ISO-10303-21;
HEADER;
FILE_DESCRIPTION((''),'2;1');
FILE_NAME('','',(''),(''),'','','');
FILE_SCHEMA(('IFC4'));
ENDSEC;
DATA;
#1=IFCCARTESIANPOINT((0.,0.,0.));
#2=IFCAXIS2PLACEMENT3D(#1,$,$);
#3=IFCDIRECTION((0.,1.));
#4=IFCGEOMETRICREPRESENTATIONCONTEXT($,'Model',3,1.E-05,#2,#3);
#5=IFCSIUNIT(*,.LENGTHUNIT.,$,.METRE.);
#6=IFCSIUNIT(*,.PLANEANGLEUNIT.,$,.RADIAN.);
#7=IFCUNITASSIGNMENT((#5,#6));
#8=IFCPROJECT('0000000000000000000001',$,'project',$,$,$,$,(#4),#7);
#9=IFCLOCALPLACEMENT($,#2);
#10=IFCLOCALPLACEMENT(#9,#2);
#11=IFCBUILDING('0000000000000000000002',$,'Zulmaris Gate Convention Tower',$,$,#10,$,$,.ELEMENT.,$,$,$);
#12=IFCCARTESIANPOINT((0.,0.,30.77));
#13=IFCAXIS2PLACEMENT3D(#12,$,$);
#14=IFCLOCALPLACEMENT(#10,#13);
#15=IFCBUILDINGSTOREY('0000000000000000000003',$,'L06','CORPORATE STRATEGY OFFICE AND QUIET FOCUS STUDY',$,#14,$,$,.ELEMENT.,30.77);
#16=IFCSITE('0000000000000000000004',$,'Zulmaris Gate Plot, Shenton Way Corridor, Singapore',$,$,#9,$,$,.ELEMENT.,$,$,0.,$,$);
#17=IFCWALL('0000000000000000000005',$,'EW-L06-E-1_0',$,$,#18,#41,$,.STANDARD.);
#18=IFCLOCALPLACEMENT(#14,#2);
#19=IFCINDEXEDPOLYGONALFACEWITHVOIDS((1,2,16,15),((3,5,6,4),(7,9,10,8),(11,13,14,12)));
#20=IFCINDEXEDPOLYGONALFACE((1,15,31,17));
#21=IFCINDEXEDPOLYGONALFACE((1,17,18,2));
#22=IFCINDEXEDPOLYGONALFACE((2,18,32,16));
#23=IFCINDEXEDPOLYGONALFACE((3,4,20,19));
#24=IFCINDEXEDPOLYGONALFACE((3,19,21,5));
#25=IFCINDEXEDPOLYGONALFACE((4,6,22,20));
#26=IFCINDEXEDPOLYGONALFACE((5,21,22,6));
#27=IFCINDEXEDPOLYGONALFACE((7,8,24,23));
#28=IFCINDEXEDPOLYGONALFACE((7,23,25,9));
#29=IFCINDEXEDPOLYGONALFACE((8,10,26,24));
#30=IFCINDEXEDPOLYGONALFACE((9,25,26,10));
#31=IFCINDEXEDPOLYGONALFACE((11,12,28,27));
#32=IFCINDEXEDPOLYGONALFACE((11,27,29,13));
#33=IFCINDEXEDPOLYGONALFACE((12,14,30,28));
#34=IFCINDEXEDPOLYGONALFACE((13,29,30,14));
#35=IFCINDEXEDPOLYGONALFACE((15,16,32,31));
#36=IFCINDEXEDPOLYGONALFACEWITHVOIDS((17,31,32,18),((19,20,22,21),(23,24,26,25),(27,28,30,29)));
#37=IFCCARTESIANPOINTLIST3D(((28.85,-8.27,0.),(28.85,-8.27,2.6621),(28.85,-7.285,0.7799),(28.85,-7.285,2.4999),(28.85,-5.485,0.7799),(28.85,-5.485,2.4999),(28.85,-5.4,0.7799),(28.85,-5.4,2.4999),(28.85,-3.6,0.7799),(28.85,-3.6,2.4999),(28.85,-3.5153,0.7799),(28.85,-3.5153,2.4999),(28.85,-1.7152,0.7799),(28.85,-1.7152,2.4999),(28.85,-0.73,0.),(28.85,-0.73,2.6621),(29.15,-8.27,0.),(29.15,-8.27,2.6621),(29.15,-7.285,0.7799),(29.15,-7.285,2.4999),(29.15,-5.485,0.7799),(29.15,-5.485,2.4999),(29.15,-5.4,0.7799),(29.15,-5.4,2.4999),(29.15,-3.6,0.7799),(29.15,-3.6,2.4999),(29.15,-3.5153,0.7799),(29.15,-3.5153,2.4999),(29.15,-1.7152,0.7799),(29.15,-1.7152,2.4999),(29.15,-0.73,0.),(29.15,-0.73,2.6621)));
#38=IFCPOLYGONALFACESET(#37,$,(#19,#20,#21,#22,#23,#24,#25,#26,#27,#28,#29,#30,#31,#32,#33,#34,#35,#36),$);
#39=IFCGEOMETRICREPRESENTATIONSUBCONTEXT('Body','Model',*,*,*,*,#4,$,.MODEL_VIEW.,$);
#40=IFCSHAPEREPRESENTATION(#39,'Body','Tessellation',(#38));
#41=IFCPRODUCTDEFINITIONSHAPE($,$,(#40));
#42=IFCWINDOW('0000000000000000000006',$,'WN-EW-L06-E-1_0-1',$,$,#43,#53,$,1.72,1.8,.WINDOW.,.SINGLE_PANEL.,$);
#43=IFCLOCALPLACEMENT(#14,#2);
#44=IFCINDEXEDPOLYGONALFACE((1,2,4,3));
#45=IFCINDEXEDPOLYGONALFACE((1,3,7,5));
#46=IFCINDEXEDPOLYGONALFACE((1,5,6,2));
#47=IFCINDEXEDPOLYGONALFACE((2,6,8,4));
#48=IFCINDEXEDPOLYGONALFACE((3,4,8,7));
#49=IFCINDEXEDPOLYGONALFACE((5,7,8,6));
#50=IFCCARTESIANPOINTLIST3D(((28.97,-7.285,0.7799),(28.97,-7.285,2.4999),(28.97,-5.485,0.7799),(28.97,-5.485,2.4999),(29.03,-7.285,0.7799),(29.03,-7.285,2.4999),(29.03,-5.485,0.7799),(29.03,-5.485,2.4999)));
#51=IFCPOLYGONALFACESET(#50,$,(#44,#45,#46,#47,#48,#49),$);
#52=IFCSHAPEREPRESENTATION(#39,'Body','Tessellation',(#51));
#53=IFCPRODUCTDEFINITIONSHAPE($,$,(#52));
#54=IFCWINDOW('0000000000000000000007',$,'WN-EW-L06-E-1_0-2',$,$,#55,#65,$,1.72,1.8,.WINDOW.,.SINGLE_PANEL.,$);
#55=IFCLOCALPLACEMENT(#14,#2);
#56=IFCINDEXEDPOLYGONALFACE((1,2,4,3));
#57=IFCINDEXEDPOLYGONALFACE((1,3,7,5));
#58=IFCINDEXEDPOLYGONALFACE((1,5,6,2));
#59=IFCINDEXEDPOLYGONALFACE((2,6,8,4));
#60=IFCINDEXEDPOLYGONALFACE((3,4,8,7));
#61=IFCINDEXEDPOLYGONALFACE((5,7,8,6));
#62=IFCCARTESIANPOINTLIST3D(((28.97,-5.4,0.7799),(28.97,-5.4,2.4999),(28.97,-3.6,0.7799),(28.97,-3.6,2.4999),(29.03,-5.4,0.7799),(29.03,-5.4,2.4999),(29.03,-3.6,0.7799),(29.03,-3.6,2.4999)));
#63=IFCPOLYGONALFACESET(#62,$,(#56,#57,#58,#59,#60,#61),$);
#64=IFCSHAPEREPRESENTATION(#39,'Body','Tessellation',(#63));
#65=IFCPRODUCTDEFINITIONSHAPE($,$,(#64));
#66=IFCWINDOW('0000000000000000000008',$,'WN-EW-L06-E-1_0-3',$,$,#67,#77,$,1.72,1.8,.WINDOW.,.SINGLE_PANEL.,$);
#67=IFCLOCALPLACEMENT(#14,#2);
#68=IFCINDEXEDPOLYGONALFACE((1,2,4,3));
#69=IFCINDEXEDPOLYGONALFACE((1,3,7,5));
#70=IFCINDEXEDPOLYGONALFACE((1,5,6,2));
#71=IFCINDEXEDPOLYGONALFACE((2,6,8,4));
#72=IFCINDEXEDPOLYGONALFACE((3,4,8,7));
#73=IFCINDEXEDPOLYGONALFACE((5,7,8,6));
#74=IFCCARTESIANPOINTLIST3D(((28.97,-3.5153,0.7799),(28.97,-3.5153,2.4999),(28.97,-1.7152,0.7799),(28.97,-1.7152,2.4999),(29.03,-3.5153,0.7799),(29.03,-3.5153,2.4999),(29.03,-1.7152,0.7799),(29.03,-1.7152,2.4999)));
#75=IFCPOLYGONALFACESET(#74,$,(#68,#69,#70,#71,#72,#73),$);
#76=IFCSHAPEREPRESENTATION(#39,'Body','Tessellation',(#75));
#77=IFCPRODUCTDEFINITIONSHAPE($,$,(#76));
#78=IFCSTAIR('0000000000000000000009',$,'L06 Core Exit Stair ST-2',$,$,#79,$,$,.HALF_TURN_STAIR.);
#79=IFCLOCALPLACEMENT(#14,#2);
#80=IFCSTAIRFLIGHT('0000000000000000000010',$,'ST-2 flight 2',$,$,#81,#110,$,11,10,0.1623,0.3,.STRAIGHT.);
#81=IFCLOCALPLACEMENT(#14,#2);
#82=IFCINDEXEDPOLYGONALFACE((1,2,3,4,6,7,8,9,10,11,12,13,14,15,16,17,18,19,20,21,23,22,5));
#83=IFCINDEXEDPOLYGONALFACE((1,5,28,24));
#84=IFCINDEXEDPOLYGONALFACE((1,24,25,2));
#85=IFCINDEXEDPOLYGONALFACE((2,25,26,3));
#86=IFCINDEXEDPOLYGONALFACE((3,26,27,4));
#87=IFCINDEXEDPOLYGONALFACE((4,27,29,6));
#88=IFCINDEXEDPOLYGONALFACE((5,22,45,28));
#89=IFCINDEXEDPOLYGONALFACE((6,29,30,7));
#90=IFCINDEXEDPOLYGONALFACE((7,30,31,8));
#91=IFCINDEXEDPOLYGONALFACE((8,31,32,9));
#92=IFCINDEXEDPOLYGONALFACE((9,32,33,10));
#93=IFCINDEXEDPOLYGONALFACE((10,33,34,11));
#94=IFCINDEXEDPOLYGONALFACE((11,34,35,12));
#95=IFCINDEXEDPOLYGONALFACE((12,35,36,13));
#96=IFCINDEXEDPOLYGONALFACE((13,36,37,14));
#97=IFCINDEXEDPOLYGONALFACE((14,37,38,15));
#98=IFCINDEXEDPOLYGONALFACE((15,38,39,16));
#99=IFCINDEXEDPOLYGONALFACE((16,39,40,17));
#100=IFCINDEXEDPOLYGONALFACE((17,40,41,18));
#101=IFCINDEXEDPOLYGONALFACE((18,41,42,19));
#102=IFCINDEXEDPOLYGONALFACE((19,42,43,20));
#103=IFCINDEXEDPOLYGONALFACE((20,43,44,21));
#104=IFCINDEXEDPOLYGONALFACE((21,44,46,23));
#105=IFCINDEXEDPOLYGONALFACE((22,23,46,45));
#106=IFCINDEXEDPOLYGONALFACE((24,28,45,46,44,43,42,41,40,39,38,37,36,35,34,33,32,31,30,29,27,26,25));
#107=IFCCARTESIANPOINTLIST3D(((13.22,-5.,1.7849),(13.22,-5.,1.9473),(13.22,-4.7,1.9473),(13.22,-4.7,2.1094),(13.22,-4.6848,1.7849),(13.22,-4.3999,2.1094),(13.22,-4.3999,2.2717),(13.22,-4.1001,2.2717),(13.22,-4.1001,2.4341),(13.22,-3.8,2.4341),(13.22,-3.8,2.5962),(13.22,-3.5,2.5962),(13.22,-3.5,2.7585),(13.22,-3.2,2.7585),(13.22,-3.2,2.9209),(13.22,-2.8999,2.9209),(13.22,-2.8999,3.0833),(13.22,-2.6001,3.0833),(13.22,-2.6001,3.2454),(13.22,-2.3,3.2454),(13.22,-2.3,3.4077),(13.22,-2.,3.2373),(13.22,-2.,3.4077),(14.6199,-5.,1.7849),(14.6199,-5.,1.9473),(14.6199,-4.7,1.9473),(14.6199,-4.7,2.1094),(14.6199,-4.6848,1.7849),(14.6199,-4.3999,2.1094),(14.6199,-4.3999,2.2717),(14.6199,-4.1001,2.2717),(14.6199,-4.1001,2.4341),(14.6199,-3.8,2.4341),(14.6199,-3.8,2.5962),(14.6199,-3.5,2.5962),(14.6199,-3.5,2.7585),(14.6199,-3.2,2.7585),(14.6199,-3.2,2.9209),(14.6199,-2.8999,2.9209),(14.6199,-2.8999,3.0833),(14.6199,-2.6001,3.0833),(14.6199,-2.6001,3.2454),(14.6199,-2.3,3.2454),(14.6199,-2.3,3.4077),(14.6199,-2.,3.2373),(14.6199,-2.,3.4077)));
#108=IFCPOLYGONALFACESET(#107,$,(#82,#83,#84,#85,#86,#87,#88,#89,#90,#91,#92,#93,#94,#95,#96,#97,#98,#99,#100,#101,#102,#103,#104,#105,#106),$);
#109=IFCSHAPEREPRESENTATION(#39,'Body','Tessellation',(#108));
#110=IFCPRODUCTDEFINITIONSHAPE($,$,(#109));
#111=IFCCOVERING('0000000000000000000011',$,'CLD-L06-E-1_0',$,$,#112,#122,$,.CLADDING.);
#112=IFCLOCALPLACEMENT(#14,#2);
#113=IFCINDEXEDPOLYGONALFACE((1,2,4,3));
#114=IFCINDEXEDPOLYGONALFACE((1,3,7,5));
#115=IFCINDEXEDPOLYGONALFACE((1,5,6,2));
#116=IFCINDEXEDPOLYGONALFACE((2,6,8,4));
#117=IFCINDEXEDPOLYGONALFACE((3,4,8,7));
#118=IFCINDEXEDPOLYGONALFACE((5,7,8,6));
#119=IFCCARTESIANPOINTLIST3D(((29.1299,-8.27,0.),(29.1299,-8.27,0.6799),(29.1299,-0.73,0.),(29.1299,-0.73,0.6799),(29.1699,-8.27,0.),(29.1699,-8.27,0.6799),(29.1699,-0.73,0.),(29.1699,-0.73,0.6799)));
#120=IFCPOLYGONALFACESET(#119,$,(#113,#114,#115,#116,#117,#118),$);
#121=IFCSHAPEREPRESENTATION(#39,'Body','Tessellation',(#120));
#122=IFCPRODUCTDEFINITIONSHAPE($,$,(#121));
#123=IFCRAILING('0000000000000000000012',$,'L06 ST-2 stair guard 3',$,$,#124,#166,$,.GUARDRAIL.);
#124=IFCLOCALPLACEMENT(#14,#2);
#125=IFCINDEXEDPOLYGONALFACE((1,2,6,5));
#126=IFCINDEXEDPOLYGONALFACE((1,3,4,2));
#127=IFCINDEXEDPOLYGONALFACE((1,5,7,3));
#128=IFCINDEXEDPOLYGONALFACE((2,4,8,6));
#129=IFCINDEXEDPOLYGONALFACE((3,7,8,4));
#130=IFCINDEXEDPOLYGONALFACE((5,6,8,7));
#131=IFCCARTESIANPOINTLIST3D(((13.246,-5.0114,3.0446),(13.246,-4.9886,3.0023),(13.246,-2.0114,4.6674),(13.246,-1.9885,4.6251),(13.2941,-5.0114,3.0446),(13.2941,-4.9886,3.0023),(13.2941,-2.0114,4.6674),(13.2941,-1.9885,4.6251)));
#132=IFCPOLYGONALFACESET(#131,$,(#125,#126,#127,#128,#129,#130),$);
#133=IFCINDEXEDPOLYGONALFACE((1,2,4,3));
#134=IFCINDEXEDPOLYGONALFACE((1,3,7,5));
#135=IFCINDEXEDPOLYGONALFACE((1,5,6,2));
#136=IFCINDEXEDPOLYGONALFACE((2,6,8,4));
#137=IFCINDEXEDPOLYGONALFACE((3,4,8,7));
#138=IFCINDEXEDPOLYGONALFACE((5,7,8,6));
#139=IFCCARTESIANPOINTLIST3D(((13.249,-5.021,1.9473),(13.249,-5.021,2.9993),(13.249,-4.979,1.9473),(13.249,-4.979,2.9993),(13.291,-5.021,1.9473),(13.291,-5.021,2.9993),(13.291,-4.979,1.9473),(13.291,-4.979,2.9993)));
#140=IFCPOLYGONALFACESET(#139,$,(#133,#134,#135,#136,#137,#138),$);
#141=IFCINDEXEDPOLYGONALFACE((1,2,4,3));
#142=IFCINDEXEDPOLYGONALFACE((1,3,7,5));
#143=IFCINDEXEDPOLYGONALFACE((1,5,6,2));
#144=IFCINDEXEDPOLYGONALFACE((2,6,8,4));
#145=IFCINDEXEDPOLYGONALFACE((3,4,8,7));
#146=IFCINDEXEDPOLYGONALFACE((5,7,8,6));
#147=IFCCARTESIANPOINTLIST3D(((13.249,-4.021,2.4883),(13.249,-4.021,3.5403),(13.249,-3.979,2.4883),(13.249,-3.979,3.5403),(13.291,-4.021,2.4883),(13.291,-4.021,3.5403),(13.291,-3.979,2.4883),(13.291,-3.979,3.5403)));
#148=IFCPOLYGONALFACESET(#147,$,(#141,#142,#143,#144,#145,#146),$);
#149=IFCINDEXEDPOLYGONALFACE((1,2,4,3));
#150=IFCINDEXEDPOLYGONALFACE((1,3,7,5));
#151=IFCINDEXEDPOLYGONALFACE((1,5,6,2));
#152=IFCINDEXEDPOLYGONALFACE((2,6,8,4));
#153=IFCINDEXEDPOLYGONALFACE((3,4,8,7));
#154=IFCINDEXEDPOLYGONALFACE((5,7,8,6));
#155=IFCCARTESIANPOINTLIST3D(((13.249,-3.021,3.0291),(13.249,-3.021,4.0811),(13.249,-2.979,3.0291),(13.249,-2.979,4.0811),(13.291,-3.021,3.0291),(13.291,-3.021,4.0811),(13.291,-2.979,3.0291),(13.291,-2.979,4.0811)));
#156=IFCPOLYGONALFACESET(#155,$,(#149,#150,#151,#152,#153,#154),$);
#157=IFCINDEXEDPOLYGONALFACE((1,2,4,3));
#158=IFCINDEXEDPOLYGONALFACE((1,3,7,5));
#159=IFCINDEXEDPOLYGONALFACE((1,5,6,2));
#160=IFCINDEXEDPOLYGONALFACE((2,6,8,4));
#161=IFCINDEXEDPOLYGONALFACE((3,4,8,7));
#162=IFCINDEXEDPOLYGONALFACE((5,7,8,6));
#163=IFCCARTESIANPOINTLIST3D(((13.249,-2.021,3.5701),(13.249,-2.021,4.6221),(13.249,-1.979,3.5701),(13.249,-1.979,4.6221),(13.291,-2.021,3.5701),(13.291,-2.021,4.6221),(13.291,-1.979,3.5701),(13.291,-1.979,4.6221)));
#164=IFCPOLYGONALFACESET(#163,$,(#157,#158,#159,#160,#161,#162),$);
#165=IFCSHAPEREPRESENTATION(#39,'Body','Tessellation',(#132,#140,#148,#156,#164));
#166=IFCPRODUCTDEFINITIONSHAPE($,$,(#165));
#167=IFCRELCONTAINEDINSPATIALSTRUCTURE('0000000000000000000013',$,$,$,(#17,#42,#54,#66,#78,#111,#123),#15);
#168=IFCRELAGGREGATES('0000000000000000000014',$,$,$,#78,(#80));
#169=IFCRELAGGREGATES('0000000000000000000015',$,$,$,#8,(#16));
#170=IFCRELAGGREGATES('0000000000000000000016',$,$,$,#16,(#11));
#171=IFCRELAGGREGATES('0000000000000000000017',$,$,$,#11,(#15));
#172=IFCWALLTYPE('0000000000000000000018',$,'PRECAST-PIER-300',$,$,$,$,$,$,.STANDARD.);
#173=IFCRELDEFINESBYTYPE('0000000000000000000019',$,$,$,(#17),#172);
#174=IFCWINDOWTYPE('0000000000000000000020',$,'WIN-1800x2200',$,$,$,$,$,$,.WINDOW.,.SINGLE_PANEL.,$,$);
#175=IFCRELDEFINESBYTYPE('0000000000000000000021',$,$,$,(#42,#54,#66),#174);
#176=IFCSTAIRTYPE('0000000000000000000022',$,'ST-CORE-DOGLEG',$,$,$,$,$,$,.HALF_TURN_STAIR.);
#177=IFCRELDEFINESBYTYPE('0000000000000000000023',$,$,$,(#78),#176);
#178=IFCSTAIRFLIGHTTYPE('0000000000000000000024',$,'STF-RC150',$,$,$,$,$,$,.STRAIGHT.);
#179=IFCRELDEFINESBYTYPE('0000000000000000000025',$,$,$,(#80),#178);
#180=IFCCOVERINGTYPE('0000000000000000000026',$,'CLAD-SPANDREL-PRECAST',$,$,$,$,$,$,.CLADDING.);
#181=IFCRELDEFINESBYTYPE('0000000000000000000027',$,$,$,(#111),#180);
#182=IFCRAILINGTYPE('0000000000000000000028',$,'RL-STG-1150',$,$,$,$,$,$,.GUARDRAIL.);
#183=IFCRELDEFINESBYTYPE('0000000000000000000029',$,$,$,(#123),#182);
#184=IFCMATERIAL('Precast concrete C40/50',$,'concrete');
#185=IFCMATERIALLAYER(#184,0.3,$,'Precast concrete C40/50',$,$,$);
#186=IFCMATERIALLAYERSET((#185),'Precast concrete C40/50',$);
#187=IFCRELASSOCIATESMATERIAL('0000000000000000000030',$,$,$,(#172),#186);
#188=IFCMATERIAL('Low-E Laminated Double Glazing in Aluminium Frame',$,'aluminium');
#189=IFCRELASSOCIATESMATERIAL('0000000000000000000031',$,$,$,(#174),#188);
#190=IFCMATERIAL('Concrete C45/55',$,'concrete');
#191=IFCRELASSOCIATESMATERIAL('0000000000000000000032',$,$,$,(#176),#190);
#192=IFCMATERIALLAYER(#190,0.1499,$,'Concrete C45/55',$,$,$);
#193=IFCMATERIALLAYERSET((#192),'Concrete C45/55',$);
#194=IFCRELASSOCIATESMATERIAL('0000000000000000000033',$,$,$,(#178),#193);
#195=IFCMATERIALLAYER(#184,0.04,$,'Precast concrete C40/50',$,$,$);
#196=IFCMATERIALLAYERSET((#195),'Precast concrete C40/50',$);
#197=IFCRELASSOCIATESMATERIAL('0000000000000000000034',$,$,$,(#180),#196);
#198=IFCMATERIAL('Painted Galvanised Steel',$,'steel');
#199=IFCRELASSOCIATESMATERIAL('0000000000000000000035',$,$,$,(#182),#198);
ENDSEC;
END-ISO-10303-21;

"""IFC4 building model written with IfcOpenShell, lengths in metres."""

from ifc_helpers import new_model, si_unit, direction, frame, frame_2d, origin, origin_2d, place, context, subcontext, project, spatial, polyline, rectangle, outline, extrude, material, layer, layer_set, type_object, element, fill, aggregate, save


model = new_model("IFC4")

# Units and contexts
model_context = context("Model", 3, precision=1e-05, world=origin(), true_north=direction((0.0, 1.0)))
body_context = subcontext(model_context, "Body", "Model", "MODEL_VIEW")
ifc_project = project(units=[si_unit("LENGTHUNIT", "METRE"), si_unit("PLANEANGLEUNIT", "RADIAN")], contexts=[model_context])

# Site, building, storey
site_placement = place(None, origin())
site = spatial("IfcSite", under=ifc_project, at=site_placement, Name="Zulmaris Gate Plot, Shenton Way Corridor, Singapore", CompositionType="ELEMENT", RefElevation=0.0)
building_placement = place(site_placement, origin())
building = spatial("IfcBuilding", under=site, at=building_placement, Name="Zulmaris Gate Convention Tower", CompositionType="ELEMENT")
storey_placement = place(building_placement, frame((0.0, 0.0, 30.77)))
storey = spatial("IfcBuildingStorey", under=building, at=storey_placement, Name="L06", Description="CORPORATE STRATEGY OFFICE AND QUIET FOCUS STUDY", CompositionType="ELEMENT", Elevation=30.77)

# Wall, openings, windows
ifc_material_1 = material(Name="Precast concrete C40/50", Category="concrete")
ifc_layer_1 = layer(ifc_material_1, 0.3, Name="Precast concrete C40/50")
ifc_layer_set_1 = layer_set([ifc_layer_1], Name="Precast concrete C40/50")
wall_type_1 = type_object("IfcWallType", Name="PRECAST-PIER-300", PredefinedType="STANDARD", material=ifc_layer_set_1)
wall_1_placement = place(storey_placement, frame((29.0, -8.27, 0.0), z_axis=(0.0, 0.0, 1.0), x_axis=(0.0, 1.0, 0.0)))
wall_1 = element("IfcWall", 1, at=wall_1_placement, inside=storey, type_object=wall_type_1, Name="EW-L06-E-1_0", PredefinedType="STANDARD", context=body_context, shape_type="SweptSolid", body=[
    extrude(rectangle(XDim=7.54, YDim=0.3, at=frame_2d((3.77, 0.0))), origin(), (0.0, 0.0, 1.0), 2.6621),
])
opening_1_placement = place(wall_1_placement, frame((0.9851, 0.0, 0.78)))
opening_1 = element("IfcOpeningElement", 2, at=opening_1_placement, cuts=wall_1, PredefinedType="OPENING", context=body_context, shape_type="SweptSolid", body=[
    extrude(rectangle(XDim=1.8, YDim=1.72, at=frame_2d((0.8999, 0.8599))), frame((0.0, 0.1602, 0.0), z_axis=(0.0, -1.0, 0.0), x_axis=(1.0, 0.0, 0.0)), (0.0, 0.0, 1.0), 0.3201),
])
opening_2_placement = place(wall_1_placement, frame((2.8701, 0.0, 0.78)))
opening_2 = element("IfcOpeningElement", 3, at=opening_2_placement, cuts=wall_1, PredefinedType="OPENING", context=body_context, shape_type="SweptSolid", body=[
    extrude(rectangle(XDim=1.8, YDim=1.72, at=frame_2d((0.8999, 0.8599))), frame((0.0, 0.1602, 0.0), z_axis=(0.0, -1.0, 0.0), x_axis=(1.0, 0.0, 0.0)), (0.0, 0.0, 1.0), 0.3201),
])
opening_3_placement = place(wall_1_placement, frame((4.7549, 0.0, 0.78)))
opening_3 = element("IfcOpeningElement", 4, at=opening_3_placement, cuts=wall_1, PredefinedType="OPENING", context=body_context, shape_type="SweptSolid", body=[
    extrude(rectangle(XDim=1.8, YDim=1.72, at=frame_2d((0.8999, 0.8599))), frame((0.0, 0.1602, 0.0), z_axis=(0.0, -1.0, 0.0), x_axis=(1.0, 0.0, 0.0)), (0.0, 0.0, 1.0), 0.3201),
])
ifc_material_2 = material(Name="Low-E Laminated Double Glazing in Aluminium Frame", Category="aluminium")
window_type = type_object("IfcWindowType", Name="WIN-1800x2200", PartitioningType="SINGLE_PANEL", PredefinedType="WINDOW", material=ifc_material_2)
window_1_placement = place(opening_1_placement, origin())
window_1 = element("IfcWindow", 5, at=window_1_placement, inside=storey, type_object=window_type, Name="WN-EW-L06-E-1_0-1", OverallHeight=1.72, OverallWidth=1.8, PartitioningType="SINGLE_PANEL", PredefinedType="WINDOW", context=body_context, shape_type="SweptSolid", body=[
    extrude(rectangle(XDim=1.8, YDim=1.72, at=frame_2d((0.8999, 0.8599))), frame((0.0, 0.03, 0.0), z_axis=(0.0, -1.0, 0.0), x_axis=(1.0, 0.0, 0.0)), (0.0, 0.0, 1.0), 0.0601),
])
fill(opening_1, window_1)
window_2_placement = place(opening_2_placement, origin())
window_2 = element("IfcWindow", 6, at=window_2_placement, inside=storey, type_object=window_type, Name="WN-EW-L06-E-1_0-2", OverallHeight=1.72, OverallWidth=1.8, PartitioningType="SINGLE_PANEL", PredefinedType="WINDOW", context=body_context, shape_type="SweptSolid", body=[
    extrude(rectangle(XDim=1.8, YDim=1.72, at=frame_2d((0.8999, 0.8599))), frame((0.0, 0.03, 0.0), z_axis=(0.0, -1.0, 0.0), x_axis=(1.0, 0.0, 0.0)), (0.0, 0.0, 1.0), 0.0601),
])
fill(opening_2, window_2)
window_3_placement = place(opening_3_placement, origin())
window_3 = element("IfcWindow", 7, at=window_3_placement, inside=storey, type_object=window_type, Name="WN-EW-L06-E-1_0-3", OverallHeight=1.72, OverallWidth=1.8, PartitioningType="SINGLE_PANEL", PredefinedType="WINDOW", context=body_context, shape_type="SweptSolid", body=[
    extrude(rectangle(XDim=1.8, YDim=1.72, at=frame_2d((0.8999, 0.8599))), frame((0.0, 0.03, 0.0), z_axis=(0.0, -1.0, 0.0), x_axis=(1.0, 0.0, 0.0)), (0.0, 0.0, 1.0), 0.0601),
])
fill(opening_3, window_3)

# Stair, stair flight
ifc_material_3 = material(Name="Concrete C45/55", Category="concrete")
stair_type = type_object("IfcStairType", Name="ST-CORE-DOGLEG", PredefinedType="HALF_TURN_STAIR", material=ifc_material_3)
stair_placement = place(storey_placement, origin())
stair = element("IfcStair", 8, at=stair_placement, inside=storey, type_object=stair_type, Name="L06 Core Exit Stair ST-2", PredefinedType="HALF_TURN_STAIR")
ifc_layer_2 = layer(ifc_material_3, 0.1499, Name="Concrete C45/55")
ifc_layer_set_2 = layer_set([ifc_layer_2], Name="Concrete C45/55")
stair_flight_type = type_object("IfcStairFlightType", Name="STF-RC150", PredefinedType="STRAIGHT", material=ifc_layer_set_2)
stair_flight_placement = place(storey_placement, frame((13.9199, -5.0, 1.7849), z_axis=(0.0, 0.0, 1.0), x_axis=(0.0, 1.0, 0.0)))
stair_flight = element("IfcStairFlight", 9, at=stair_flight_placement, type_object=stair_flight_type, Name="ST-2 flight 2", NumberOfRisers=11, NumberOfTreads=10, PredefinedType="STRAIGHT", RiserHeight=0.1623, TreadLength=0.3, context=body_context, shape_type="SweptSolid", body=[
    extrude(outline(polyline([(0.0, 0.0), (0.0, 0.1624), (0.3, 0.1624), (0.3, 0.3245), (0.6001, 0.3245), (0.6001, 0.4868), (0.8999, 0.4868), (0.8999, 0.6492), (1.2, 0.6492), (1.2, 0.8113), (1.5, 0.8113), (1.5, 0.9736), (1.8, 0.9736), (1.8, 1.136), (2.1001, 1.136), (2.1001, 1.2983), (2.3999, 1.2983), (2.3999, 1.4604), (2.7, 1.4604), (2.7, 1.6228), (3.0, 1.6228), (3.0, 1.7852), (3.0, 1.4524), (0.3152, 0.0), (0.0, 0.0)])), frame((0.0, 0.7, 0.0), z_axis=(0.0, -1.0, 0.0), x_axis=(1.0, 0.0, 0.0)), (0.0, 0.0, 1.0), 1.3999),
])
aggregate(stair, [stair_flight])

# Covering
ifc_layer_3 = layer(ifc_material_1, 0.04, Name="Precast concrete C40/50")
ifc_layer_set_3 = layer_set([ifc_layer_3], Name="Precast concrete C40/50")
covering_type = type_object("IfcCoveringType", Name="CLAD-SPANDREL-PRECAST", PredefinedType="CLADDING", material=ifc_layer_set_3)
covering_placement = place(storey_placement, frame((29.1499, -8.27, 0.0), z_axis=(0.0, 0.0, 1.0), x_axis=(0.0, 1.0, 0.0)))
element("IfcCovering", 10, at=covering_placement, inside=storey, type_object=covering_type, Name="CLD-L06-E-1_0", PredefinedType="CLADDING", context=body_context, shape_type="SweptSolid", body=[
    extrude(rectangle(XDim=7.54, YDim=0.04, at=frame_2d((3.77, 0.0))), origin(), (0.0, 0.0, 1.0), 0.6799),
])

# Railing
ifc_material_4 = material(Name="Painted Galvanised Steel", Category="steel")
railing_type_1 = type_object("IfcRailingType", Name="RL-STG-1150", PredefinedType="GUARDRAIL", material=ifc_material_4)
railing_1_placement = place(storey_placement, frame((13.27, -5.0, 1.9473)))
element("IfcRailing", 11, at=railing_1_placement, inside=storey, type_object=railing_type_1, Name="L06 ST-2 stair guard 3", PredefinedType="GUARDRAIL", context=body_context, shape_type="SweptSolid", body=[
    extrude(rectangle(XDim=0.0481, YDim=0.0481, at=origin_2d()), frame((0.0, 0.0, 1.0762), z_axis=(0.0, 0.879562, 0.475785), x_axis=(-1.0, 0.0, 0.0)), (0.0, 0.0, 1.0), 3.4109),
    extrude(rectangle(XDim=0.042, YDim=0.042, at=origin_2d()), origin(), (0.0, 0.0, 1.0), 1.052),
    extrude(rectangle(XDim=0.042, YDim=0.042, at=origin_2d()), frame((0.0, 1.0, 0.541)), (0.0, 0.0, 1.0), 1.052),
    extrude(rectangle(XDim=0.042, YDim=0.042, at=origin_2d()), frame((0.0, 2.0, 1.0818)), (0.0, 0.0, 1.0), 1.052),
    extrude(rectangle(XDim=0.042, YDim=0.042, at=origin_2d()), frame((0.0, 3.0, 1.6228)), (0.0, 0.0, 1.0), 1.052),
])

save(model, "model.ifc")
